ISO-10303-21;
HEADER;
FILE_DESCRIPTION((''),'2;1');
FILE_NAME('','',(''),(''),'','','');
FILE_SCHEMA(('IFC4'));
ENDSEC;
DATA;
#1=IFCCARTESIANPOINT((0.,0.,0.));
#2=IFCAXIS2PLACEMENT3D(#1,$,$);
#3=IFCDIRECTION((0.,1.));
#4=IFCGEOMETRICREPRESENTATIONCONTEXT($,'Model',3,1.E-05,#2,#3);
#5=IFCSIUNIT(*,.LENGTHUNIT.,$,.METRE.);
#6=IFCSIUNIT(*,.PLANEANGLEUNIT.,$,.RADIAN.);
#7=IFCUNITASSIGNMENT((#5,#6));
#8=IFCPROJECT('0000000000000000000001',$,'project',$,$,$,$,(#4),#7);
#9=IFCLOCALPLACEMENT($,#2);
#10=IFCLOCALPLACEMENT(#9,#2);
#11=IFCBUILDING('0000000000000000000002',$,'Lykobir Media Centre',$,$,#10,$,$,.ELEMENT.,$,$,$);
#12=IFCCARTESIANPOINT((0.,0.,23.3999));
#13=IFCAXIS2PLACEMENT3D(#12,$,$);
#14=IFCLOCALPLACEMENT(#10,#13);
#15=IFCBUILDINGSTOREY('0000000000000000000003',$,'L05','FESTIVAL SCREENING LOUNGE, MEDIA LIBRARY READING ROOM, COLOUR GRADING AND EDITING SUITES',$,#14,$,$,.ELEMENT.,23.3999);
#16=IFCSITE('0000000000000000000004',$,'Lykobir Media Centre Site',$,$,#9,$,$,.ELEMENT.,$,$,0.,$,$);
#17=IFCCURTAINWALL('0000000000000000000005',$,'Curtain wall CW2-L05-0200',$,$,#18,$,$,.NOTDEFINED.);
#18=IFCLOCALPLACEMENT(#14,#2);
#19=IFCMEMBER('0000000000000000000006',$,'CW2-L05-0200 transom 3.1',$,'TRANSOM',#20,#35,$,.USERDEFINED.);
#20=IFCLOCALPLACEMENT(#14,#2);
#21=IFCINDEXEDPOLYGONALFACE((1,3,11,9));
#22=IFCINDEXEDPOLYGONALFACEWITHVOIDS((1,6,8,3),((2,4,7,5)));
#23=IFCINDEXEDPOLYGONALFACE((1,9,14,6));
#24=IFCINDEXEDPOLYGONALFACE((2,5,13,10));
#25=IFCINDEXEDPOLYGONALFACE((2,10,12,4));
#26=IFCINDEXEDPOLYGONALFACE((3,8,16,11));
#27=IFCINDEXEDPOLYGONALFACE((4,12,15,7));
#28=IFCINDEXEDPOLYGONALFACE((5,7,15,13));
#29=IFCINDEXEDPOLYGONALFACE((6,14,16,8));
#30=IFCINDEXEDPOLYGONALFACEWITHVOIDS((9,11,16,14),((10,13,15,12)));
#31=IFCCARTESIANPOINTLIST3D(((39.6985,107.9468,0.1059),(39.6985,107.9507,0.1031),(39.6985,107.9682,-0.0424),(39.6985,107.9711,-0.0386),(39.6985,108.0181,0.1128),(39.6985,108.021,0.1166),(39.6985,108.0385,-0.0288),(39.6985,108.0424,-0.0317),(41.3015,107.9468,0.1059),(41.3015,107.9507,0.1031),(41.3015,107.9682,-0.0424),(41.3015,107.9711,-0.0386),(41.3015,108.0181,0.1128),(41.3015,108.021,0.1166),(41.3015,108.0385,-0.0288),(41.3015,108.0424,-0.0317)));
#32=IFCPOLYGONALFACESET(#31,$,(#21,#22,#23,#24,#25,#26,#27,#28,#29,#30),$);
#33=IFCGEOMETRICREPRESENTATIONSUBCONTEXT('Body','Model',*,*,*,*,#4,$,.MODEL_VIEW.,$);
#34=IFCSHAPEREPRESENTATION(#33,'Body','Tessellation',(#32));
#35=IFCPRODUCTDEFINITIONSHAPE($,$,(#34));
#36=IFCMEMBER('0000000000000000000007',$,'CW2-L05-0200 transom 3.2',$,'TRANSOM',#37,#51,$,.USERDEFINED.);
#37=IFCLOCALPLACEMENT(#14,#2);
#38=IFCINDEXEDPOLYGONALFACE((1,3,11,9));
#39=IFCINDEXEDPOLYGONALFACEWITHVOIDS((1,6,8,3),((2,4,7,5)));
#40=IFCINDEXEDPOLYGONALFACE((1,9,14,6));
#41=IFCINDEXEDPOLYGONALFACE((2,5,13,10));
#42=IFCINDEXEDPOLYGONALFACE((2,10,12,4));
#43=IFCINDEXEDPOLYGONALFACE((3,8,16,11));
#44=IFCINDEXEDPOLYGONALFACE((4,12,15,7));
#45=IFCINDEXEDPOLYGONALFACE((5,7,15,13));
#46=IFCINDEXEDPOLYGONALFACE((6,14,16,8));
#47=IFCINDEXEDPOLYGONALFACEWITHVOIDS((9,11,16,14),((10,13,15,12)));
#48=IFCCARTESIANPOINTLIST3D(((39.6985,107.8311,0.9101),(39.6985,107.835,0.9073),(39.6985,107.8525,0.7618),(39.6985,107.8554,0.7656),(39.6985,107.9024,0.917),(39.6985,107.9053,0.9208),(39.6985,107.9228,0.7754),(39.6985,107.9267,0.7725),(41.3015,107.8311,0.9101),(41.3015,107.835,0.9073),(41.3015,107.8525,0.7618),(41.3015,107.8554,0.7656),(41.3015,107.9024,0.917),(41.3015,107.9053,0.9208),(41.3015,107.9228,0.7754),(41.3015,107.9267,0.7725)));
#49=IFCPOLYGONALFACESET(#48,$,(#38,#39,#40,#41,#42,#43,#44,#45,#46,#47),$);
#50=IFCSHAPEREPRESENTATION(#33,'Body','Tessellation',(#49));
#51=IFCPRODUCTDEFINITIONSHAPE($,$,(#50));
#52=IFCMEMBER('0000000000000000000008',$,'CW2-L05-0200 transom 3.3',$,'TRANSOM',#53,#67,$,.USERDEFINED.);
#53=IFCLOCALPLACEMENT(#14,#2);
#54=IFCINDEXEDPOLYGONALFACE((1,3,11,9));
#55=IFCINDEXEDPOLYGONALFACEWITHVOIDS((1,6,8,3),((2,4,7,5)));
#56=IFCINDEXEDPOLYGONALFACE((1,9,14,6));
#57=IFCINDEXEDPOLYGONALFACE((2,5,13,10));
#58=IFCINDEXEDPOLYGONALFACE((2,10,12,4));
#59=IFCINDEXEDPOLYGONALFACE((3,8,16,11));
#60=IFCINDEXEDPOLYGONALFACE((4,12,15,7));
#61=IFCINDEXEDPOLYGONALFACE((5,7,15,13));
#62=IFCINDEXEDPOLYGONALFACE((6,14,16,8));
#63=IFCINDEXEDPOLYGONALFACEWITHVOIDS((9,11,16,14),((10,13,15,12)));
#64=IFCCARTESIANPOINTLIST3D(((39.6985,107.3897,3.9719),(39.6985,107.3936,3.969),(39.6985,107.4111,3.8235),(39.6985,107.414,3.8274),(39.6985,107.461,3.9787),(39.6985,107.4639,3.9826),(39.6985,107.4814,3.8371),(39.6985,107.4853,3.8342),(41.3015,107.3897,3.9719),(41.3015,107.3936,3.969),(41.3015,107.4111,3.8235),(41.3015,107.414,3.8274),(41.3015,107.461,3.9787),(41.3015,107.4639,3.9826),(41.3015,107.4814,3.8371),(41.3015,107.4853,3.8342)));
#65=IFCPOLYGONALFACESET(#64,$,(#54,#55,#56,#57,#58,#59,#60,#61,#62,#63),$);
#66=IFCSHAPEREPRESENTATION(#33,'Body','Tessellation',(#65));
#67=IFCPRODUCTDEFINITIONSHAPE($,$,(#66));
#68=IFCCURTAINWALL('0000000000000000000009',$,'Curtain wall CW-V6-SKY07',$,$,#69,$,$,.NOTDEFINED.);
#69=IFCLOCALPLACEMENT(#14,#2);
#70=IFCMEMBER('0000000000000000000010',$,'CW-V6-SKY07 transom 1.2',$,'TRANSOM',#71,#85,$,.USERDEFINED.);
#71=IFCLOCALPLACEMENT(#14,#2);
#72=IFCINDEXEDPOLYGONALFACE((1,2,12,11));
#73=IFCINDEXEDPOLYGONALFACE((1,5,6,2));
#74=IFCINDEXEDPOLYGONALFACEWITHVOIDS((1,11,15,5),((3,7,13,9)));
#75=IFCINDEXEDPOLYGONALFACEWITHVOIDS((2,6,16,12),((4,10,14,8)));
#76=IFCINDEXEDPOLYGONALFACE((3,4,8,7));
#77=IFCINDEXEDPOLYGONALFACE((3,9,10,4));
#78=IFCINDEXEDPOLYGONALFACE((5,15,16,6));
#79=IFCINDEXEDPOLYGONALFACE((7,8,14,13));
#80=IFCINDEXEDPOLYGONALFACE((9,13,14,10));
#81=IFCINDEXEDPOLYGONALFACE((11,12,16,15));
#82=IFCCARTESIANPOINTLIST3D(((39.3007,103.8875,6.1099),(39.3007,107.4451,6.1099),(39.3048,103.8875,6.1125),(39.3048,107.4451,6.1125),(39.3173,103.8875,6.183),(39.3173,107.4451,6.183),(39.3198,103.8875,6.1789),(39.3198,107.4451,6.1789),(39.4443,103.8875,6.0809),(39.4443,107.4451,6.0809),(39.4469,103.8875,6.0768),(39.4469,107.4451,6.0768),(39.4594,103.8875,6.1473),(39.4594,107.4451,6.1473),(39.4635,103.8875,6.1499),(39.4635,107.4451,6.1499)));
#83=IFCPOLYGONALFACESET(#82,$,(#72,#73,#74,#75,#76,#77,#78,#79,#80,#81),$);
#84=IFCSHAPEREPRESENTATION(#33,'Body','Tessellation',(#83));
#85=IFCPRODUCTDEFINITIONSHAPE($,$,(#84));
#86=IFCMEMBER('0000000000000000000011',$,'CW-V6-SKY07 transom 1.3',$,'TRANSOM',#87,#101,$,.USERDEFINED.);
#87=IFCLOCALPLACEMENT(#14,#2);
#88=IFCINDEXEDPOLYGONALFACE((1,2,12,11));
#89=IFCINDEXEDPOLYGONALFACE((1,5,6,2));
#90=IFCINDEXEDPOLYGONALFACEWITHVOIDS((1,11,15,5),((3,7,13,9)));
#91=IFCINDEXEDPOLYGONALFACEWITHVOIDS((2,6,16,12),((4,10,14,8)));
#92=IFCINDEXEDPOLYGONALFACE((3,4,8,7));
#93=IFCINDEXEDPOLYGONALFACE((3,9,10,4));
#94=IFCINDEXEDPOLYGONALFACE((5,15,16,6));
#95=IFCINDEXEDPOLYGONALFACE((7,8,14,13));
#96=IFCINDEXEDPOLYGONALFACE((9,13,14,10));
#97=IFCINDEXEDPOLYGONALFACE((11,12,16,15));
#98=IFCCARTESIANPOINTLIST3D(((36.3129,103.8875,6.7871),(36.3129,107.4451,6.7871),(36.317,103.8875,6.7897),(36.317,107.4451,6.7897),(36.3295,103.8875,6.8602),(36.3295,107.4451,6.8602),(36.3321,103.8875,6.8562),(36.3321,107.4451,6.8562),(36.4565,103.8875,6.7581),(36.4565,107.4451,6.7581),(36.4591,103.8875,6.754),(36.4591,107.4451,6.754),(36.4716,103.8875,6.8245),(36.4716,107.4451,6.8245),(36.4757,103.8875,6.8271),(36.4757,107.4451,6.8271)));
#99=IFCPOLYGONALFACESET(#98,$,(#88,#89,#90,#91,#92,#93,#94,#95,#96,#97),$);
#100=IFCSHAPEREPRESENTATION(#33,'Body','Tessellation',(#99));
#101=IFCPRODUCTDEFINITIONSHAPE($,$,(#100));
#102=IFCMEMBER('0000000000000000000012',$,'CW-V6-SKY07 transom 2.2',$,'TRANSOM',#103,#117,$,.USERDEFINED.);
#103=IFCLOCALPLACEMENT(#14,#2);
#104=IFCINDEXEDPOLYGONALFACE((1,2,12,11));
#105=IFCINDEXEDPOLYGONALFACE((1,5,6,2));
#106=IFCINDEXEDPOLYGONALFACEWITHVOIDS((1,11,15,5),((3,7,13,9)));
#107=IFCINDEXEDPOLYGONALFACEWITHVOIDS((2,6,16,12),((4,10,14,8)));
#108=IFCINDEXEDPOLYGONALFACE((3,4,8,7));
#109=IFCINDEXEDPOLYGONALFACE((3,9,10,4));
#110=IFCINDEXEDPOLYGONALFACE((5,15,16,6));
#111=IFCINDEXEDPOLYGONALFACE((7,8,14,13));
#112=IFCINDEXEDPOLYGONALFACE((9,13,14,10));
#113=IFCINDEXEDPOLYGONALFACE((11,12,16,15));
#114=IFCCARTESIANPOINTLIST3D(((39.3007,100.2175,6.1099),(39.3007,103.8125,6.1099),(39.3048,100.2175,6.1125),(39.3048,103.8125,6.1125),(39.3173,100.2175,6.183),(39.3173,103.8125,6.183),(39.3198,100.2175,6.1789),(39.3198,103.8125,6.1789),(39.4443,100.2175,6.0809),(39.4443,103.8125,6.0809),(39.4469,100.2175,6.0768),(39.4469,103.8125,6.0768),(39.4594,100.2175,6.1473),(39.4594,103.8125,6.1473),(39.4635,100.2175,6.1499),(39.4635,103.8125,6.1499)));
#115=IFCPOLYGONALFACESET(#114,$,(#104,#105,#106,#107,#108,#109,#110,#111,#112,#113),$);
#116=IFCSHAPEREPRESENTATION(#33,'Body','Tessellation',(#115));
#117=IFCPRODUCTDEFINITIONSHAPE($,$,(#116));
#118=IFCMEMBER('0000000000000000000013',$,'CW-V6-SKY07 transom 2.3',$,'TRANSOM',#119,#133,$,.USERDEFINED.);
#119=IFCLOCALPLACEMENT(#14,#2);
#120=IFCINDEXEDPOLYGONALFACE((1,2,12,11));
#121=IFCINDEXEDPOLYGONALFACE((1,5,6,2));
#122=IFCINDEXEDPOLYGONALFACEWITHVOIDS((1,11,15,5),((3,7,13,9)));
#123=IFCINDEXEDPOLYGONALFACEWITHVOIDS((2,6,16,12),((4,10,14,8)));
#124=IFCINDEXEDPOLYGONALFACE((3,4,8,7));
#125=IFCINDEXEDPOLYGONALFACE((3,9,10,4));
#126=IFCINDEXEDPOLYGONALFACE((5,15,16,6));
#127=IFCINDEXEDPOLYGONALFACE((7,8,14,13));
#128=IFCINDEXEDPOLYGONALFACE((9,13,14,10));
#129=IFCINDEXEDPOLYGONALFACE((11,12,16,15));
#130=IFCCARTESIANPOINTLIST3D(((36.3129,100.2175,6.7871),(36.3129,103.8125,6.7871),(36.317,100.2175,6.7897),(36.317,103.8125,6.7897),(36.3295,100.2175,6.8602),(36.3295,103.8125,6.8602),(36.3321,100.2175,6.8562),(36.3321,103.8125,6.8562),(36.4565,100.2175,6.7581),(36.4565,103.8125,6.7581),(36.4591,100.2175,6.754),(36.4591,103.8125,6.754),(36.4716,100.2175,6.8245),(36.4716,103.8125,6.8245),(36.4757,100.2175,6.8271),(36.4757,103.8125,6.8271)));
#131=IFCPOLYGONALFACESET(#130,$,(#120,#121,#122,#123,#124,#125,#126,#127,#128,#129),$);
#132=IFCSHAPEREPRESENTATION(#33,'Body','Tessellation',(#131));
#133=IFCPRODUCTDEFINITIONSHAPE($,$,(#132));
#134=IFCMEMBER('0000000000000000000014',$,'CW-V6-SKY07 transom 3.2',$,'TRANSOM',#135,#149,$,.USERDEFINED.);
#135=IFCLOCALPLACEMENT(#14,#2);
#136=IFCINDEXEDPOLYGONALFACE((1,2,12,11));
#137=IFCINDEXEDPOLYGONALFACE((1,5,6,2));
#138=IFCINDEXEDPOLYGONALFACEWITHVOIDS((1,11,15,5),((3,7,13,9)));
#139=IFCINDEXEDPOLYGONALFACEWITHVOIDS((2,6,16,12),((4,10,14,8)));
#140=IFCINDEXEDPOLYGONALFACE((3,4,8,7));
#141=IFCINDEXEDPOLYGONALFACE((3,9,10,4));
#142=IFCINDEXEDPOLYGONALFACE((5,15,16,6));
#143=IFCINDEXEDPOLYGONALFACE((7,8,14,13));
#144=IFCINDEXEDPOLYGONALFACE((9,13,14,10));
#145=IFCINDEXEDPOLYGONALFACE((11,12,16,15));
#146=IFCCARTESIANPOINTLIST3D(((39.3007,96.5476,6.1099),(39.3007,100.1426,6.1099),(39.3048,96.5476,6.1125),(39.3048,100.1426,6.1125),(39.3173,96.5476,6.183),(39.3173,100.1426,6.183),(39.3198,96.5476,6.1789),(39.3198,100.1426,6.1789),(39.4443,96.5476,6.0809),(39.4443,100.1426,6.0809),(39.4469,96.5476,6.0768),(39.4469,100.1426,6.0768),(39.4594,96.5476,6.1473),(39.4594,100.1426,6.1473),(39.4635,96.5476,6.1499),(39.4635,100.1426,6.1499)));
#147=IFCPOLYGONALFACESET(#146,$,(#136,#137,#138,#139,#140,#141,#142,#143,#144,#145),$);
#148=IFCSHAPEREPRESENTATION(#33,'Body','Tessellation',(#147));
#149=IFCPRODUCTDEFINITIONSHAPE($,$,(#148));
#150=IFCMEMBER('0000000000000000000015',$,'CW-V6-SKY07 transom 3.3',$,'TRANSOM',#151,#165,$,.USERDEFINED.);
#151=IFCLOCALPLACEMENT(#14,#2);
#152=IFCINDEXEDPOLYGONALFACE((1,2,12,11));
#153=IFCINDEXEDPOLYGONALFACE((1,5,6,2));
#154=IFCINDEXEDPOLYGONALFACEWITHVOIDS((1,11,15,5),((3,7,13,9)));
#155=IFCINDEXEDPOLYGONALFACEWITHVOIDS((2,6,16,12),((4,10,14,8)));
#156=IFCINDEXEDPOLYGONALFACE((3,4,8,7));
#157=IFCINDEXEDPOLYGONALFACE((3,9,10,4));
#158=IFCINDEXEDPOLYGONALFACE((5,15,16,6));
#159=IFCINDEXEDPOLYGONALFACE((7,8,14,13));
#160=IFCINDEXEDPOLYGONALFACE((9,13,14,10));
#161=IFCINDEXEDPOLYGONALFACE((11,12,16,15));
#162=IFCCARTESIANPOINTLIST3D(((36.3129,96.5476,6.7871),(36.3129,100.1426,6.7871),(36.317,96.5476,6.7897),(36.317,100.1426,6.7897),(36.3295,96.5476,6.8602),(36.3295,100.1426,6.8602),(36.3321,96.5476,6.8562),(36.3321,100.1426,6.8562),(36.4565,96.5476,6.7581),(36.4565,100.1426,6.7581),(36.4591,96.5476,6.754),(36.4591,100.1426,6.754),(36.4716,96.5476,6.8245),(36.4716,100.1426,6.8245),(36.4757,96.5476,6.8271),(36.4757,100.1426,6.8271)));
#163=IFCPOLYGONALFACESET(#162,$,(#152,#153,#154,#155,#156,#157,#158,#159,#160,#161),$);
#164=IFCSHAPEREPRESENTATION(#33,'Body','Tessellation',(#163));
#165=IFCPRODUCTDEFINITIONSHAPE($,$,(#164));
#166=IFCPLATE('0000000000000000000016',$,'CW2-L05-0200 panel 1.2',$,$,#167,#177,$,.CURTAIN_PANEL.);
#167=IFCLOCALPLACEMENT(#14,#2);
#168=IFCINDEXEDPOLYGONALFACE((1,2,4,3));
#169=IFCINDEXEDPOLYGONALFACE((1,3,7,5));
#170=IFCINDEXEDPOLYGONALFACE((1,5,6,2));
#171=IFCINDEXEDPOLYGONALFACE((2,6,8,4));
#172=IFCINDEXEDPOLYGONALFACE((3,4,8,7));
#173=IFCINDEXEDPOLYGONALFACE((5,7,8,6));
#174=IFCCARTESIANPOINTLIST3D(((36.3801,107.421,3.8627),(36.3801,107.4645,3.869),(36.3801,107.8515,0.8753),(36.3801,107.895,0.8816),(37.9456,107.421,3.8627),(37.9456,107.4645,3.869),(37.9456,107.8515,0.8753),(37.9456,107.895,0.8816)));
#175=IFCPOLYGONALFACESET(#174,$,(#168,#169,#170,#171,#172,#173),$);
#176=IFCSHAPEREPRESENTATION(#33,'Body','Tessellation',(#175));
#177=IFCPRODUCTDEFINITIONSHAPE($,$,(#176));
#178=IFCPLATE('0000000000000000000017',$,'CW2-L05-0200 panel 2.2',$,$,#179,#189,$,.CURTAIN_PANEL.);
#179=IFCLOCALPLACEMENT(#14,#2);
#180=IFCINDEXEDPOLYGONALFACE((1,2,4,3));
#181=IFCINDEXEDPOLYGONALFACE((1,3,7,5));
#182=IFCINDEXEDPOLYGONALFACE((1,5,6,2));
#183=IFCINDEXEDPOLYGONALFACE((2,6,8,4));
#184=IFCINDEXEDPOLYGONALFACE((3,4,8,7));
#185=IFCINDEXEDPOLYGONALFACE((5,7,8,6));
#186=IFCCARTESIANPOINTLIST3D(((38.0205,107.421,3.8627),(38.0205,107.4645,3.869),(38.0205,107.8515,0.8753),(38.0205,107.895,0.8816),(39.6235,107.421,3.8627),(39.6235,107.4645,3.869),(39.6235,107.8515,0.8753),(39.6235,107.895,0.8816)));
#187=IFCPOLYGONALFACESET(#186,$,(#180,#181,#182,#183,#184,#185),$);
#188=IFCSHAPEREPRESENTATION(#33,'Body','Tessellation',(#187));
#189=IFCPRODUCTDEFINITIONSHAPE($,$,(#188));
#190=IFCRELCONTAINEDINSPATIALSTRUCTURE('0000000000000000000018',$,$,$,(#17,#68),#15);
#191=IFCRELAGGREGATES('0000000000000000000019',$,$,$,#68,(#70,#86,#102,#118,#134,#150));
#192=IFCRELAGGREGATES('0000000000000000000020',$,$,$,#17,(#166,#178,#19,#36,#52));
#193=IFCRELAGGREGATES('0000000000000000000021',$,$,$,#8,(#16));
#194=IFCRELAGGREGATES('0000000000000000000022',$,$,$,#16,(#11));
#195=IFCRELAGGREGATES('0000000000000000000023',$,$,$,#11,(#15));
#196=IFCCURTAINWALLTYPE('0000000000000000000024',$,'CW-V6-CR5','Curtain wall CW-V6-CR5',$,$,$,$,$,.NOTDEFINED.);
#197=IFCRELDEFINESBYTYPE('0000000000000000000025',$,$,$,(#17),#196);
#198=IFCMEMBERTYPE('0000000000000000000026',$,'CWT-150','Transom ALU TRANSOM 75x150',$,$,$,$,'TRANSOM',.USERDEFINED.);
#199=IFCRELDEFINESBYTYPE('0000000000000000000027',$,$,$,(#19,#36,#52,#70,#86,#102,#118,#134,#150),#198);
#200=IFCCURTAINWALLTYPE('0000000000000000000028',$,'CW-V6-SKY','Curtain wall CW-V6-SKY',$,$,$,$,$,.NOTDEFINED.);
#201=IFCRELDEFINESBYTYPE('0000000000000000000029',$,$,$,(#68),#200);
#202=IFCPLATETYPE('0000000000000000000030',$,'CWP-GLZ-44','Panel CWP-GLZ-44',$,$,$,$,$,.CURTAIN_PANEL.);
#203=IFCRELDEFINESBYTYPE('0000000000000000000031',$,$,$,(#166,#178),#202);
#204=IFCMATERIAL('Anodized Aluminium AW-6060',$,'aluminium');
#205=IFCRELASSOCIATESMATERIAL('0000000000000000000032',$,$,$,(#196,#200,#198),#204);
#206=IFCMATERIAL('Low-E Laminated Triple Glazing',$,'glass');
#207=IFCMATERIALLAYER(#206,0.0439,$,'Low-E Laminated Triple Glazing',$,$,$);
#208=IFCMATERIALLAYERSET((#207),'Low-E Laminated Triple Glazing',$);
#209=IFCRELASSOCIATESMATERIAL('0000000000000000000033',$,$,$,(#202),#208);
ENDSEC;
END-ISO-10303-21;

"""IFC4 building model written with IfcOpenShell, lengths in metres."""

from ifc_helpers import new_model, si_unit, direction, frame, origin, origin_2d, place, context, subcontext, project, spatial, rectangle, hollow_rectangle, extrude, material, layer, layer_set, material_profile, profile_set, type_object, element, aggregate, save


model = new_model("IFC4")

# Units and contexts
model_context = context("Model", 3, precision=1e-05, world=origin(), true_north=direction((0.0, 1.0)))
body_context = subcontext(model_context, "Body", "Model", "MODEL_VIEW")
ifc_project = project(units=[si_unit("LENGTHUNIT", "METRE"), si_unit("PLANEANGLEUNIT", "RADIAN")], contexts=[model_context])

# Site, building, storey
site_placement = place(None, origin())
site = spatial("IfcSite", under=ifc_project, at=site_placement, Name="Lykobir Media Centre Site", CompositionType="ELEMENT", RefElevation=0.0)
building_placement = place(site_placement, origin())
building = spatial("IfcBuilding", under=site, at=building_placement, Name="Lykobir Media Centre", CompositionType="ELEMENT")
storey_placement = place(building_placement, frame((0.0, 0.0, 23.3999)))
storey = spatial("IfcBuildingStorey", under=building, at=storey_placement, Name="L05", Description="FESTIVAL SCREENING LOUNGE, MEDIA LIBRARY READING ROOM, COLOUR GRADING AND EDITING SUITES", CompositionType="ELEMENT", Elevation=23.3999)

# Curtain walls, members
ifc_material_1 = material(Name="Anodized Aluminium AW-6060", Category="aluminium")
curtain_wall_type_1 = type_object("IfcCurtainWallType", Name="CW-V6-CR5", Description="Curtain wall CW-V6-CR5", PredefinedType="NOTDEFINED", material=ifc_material_1)
curtain_wall_1_placement = place(storey_placement, origin())
curtain_wall_1 = element("IfcCurtainWall", 1, at=curtain_wall_1_placement, inside=storey, type_object=curtain_wall_type_1, Name="Curtain wall CW2-L05-0200", PredefinedType="NOTDEFINED")
ifc_material_profile_1 = material_profile(ifc_material_1, hollow_rectangle(XDim=0.075, YDim=0.1499, WallThickness=0.0034, at=origin_2d()), Name="ALU TRANSOM 75x150")
ifc_profile_set_1 = profile_set([ifc_material_profile_1], Name="Anodized Aluminium AW-6060")
member_type_1 = type_object("IfcMemberType", Name="CWT-150", Description="Transom ALU TRANSOM 75x150", ElementType="TRANSOM", PredefinedType="USERDEFINED", material=ifc_profile_set_1)
member_1_placement = place(storey_placement, frame((39.6985, 107.9946, 0.0371), z_axis=(1.0, 0.0, 0.0), x_axis=(0.0, 0.989776, 0.142629)))
member_1 = element("IfcMember", 2, at=member_1_placement, type_object=member_type_1, Name="CW2-L05-0200 transom 3.1", ObjectType="TRANSOM", PredefinedType="USERDEFINED", context=body_context, shape_type="SweptSolid", body=[
    extrude(hollow_rectangle(XDim=0.075, YDim=0.1499, WallThickness=0.0034, at=origin_2d()), origin(), (0.0, 0.0, 1.0), 1.603),
])
member_2_placement = place(storey_placement, frame((39.6985, 107.8789, 0.8413), z_axis=(1.0, 0.0, 0.0), x_axis=(0.0, 0.989776, 0.142629)))
member_2 = element("IfcMember", 3, at=member_2_placement, type_object=member_type_1, Name="CW2-L05-0200 transom 3.2", ObjectType="TRANSOM", PredefinedType="USERDEFINED", context=body_context, shape_type="SweptSolid", body=[
    extrude(hollow_rectangle(XDim=0.075, YDim=0.1499, WallThickness=0.0034, at=origin_2d()), origin(), (0.0, 0.0, 1.0), 1.603),
])
member_3_placement = place(storey_placement, frame((39.6985, 107.4375, 3.9031), z_axis=(1.0, 0.0, 0.0), x_axis=(0.0, 0.989776, 0.142629)))
member_3 = element("IfcMember", 4, at=member_3_placement, type_object=member_type_1, Name="CW2-L05-0200 transom 3.3", ObjectType="TRANSOM", PredefinedType="USERDEFINED", context=body_context, shape_type="SweptSolid", body=[
    extrude(hollow_rectangle(XDim=0.075, YDim=0.1499, WallThickness=0.0034, at=origin_2d()), origin(), (0.0, 0.0, 1.0), 1.603),
])
curtain_wall_type_2 = type_object("IfcCurtainWallType", Name="CW-V6-SKY", Description="Curtain wall CW-V6-SKY", PredefinedType="NOTDEFINED", material=ifc_material_1)
curtain_wall_2_placement = place(storey_placement, origin())
curtain_wall_2 = element("IfcCurtainWall", 5, at=curtain_wall_2_placement, inside=storey, type_object=curtain_wall_type_2, Name="Curtain wall CW-V6-SKY07", PredefinedType="NOTDEFINED")
member_4_placement = place(storey_placement, frame((39.3821, 107.4451, 6.1299), z_axis=(0.0, -1.0, 0.0), x_axis=(0.221055, 0.0, 0.975261)))
member_4 = element("IfcMember", 6, at=member_4_placement, type_object=member_type_1, Name="CW-V6-SKY07 transom 1.2", ObjectType="TRANSOM", PredefinedType="USERDEFINED", context=body_context, shape_type="SweptSolid", body=[
    extrude(hollow_rectangle(XDim=0.075, YDim=0.1499, WallThickness=0.0034, at=origin_2d()), origin(), (0.0, 0.0, 1.0), 3.5576),
])
member_5_placement = place(storey_placement, frame((36.3943, 107.4451, 6.8071), z_axis=(0.0, -1.0, 0.0), x_axis=(0.221055, 0.0, 0.975261)))
member_5 = element("IfcMember", 7, at=member_5_placement, type_object=member_type_1, Name="CW-V6-SKY07 transom 1.3", ObjectType="TRANSOM", PredefinedType="USERDEFINED", context=body_context, shape_type="SweptSolid", body=[
    extrude(hollow_rectangle(XDim=0.075, YDim=0.1499, WallThickness=0.0034, at=origin_2d()), origin(), (0.0, 0.0, 1.0), 3.5576),
])
member_6_placement = place(storey_placement, frame((39.3821, 103.8125, 6.1299), z_axis=(0.0, -1.0, 0.0), x_axis=(0.221055, 0.0, 0.975261)))
member_6 = element("IfcMember", 8, at=member_6_placement, type_object=member_type_1, Name="CW-V6-SKY07 transom 2.2", ObjectType="TRANSOM", PredefinedType="USERDEFINED", context=body_context, shape_type="SweptSolid", body=[
    extrude(hollow_rectangle(XDim=0.075, YDim=0.1499, WallThickness=0.0034, at=origin_2d()), origin(), (0.0, 0.0, 1.0), 3.595),
])
member_7_placement = place(storey_placement, frame((36.3943, 103.8125, 6.8071), z_axis=(0.0, -1.0, 0.0), x_axis=(0.221055, 0.0, 0.975261)))
member_7 = element("IfcMember", 9, at=member_7_placement, type_object=member_type_1, Name="CW-V6-SKY07 transom 2.3", ObjectType="TRANSOM", PredefinedType="USERDEFINED", context=body_context, shape_type="SweptSolid", body=[
    extrude(hollow_rectangle(XDim=0.075, YDim=0.1499, WallThickness=0.0034, at=origin_2d()), origin(), (0.0, 0.0, 1.0), 3.595),
])
member_8_placement = place(storey_placement, frame((39.3821, 100.1426, 6.1299), z_axis=(0.0, -1.0, 0.0), x_axis=(0.221055, 0.0, 0.975261)))
member_8 = element("IfcMember", 10, at=member_8_placement, type_object=member_type_1, Name="CW-V6-SKY07 transom 3.2", ObjectType="TRANSOM", PredefinedType="USERDEFINED", context=body_context, shape_type="SweptSolid", body=[
    extrude(hollow_rectangle(XDim=0.075, YDim=0.1499, WallThickness=0.0034, at=origin_2d()), origin(), (0.0, 0.0, 1.0), 3.595),
])
member_9_placement = place(storey_placement, frame((36.3943, 100.1426, 6.8071), z_axis=(0.0, -1.0, 0.0), x_axis=(0.221055, 0.0, 0.975261)))
member_9 = element("IfcMember", 11, at=member_9_placement, type_object=member_type_1, Name="CW-V6-SKY07 transom 3.3", ObjectType="TRANSOM", PredefinedType="USERDEFINED", context=body_context, shape_type="SweptSolid", body=[
    extrude(hollow_rectangle(XDim=0.075, YDim=0.1499, WallThickness=0.0034, at=origin_2d()), origin(), (0.0, 0.0, 1.0), 3.595),
])

# Plates
ifc_material_2 = material(Name="Low-E Laminated Triple Glazing", Category="glass")
ifc_layer_1 = layer(ifc_material_2, 0.0439, Name="Low-E Laminated Triple Glazing")
ifc_layer_set_1 = layer_set([ifc_layer_1], Name="Low-E Laminated Triple Glazing")
plate_type_1 = type_object("IfcPlateType", Name="CWP-GLZ-44", Description="Panel CWP-GLZ-44", PredefinedType="CURTAIN_PANEL", material=ifc_layer_set_1)
plate_1_placement = place(storey_placement, frame((37.1628, 107.8733, 0.8784), z_axis=(0.0, -0.142629, 0.989776), x_axis=(1.0, 0.0, 0.0)))
plate_1 = element("IfcPlate", 12, at=plate_1_placement, type_object=plate_type_1, Name="CW2-L05-0200 panel 1.2", PredefinedType="CURTAIN_PANEL", context=body_context, shape_type="SweptSolid", body=[
    extrude(rectangle(XDim=1.5654, YDim=0.0439, at=origin_2d()), origin(), (0.0, 0.0, 1.0), 3.0183),
])
plate_2_placement = place(storey_placement, frame((38.822, 107.8733, 0.8784), z_axis=(0.0, -0.142629, 0.989776), x_axis=(1.0, 0.0, 0.0)))
plate_2 = element("IfcPlate", 13, at=plate_2_placement, type_object=plate_type_1, Name="CW2-L05-0200 panel 2.2", PredefinedType="CURTAIN_PANEL", context=body_context, shape_type="SweptSolid", body=[
    extrude(rectangle(XDim=1.603, YDim=0.0439, at=origin_2d()), origin(), (0.0, 0.0, 1.0), 3.0183),
])
aggregate(curtain_wall_2, [member_4, member_5, member_6, member_7, member_8, member_9])
aggregate(curtain_wall_1, [plate_1, plate_2, member_1, member_2, member_3])

save(model, "model.ifc")
